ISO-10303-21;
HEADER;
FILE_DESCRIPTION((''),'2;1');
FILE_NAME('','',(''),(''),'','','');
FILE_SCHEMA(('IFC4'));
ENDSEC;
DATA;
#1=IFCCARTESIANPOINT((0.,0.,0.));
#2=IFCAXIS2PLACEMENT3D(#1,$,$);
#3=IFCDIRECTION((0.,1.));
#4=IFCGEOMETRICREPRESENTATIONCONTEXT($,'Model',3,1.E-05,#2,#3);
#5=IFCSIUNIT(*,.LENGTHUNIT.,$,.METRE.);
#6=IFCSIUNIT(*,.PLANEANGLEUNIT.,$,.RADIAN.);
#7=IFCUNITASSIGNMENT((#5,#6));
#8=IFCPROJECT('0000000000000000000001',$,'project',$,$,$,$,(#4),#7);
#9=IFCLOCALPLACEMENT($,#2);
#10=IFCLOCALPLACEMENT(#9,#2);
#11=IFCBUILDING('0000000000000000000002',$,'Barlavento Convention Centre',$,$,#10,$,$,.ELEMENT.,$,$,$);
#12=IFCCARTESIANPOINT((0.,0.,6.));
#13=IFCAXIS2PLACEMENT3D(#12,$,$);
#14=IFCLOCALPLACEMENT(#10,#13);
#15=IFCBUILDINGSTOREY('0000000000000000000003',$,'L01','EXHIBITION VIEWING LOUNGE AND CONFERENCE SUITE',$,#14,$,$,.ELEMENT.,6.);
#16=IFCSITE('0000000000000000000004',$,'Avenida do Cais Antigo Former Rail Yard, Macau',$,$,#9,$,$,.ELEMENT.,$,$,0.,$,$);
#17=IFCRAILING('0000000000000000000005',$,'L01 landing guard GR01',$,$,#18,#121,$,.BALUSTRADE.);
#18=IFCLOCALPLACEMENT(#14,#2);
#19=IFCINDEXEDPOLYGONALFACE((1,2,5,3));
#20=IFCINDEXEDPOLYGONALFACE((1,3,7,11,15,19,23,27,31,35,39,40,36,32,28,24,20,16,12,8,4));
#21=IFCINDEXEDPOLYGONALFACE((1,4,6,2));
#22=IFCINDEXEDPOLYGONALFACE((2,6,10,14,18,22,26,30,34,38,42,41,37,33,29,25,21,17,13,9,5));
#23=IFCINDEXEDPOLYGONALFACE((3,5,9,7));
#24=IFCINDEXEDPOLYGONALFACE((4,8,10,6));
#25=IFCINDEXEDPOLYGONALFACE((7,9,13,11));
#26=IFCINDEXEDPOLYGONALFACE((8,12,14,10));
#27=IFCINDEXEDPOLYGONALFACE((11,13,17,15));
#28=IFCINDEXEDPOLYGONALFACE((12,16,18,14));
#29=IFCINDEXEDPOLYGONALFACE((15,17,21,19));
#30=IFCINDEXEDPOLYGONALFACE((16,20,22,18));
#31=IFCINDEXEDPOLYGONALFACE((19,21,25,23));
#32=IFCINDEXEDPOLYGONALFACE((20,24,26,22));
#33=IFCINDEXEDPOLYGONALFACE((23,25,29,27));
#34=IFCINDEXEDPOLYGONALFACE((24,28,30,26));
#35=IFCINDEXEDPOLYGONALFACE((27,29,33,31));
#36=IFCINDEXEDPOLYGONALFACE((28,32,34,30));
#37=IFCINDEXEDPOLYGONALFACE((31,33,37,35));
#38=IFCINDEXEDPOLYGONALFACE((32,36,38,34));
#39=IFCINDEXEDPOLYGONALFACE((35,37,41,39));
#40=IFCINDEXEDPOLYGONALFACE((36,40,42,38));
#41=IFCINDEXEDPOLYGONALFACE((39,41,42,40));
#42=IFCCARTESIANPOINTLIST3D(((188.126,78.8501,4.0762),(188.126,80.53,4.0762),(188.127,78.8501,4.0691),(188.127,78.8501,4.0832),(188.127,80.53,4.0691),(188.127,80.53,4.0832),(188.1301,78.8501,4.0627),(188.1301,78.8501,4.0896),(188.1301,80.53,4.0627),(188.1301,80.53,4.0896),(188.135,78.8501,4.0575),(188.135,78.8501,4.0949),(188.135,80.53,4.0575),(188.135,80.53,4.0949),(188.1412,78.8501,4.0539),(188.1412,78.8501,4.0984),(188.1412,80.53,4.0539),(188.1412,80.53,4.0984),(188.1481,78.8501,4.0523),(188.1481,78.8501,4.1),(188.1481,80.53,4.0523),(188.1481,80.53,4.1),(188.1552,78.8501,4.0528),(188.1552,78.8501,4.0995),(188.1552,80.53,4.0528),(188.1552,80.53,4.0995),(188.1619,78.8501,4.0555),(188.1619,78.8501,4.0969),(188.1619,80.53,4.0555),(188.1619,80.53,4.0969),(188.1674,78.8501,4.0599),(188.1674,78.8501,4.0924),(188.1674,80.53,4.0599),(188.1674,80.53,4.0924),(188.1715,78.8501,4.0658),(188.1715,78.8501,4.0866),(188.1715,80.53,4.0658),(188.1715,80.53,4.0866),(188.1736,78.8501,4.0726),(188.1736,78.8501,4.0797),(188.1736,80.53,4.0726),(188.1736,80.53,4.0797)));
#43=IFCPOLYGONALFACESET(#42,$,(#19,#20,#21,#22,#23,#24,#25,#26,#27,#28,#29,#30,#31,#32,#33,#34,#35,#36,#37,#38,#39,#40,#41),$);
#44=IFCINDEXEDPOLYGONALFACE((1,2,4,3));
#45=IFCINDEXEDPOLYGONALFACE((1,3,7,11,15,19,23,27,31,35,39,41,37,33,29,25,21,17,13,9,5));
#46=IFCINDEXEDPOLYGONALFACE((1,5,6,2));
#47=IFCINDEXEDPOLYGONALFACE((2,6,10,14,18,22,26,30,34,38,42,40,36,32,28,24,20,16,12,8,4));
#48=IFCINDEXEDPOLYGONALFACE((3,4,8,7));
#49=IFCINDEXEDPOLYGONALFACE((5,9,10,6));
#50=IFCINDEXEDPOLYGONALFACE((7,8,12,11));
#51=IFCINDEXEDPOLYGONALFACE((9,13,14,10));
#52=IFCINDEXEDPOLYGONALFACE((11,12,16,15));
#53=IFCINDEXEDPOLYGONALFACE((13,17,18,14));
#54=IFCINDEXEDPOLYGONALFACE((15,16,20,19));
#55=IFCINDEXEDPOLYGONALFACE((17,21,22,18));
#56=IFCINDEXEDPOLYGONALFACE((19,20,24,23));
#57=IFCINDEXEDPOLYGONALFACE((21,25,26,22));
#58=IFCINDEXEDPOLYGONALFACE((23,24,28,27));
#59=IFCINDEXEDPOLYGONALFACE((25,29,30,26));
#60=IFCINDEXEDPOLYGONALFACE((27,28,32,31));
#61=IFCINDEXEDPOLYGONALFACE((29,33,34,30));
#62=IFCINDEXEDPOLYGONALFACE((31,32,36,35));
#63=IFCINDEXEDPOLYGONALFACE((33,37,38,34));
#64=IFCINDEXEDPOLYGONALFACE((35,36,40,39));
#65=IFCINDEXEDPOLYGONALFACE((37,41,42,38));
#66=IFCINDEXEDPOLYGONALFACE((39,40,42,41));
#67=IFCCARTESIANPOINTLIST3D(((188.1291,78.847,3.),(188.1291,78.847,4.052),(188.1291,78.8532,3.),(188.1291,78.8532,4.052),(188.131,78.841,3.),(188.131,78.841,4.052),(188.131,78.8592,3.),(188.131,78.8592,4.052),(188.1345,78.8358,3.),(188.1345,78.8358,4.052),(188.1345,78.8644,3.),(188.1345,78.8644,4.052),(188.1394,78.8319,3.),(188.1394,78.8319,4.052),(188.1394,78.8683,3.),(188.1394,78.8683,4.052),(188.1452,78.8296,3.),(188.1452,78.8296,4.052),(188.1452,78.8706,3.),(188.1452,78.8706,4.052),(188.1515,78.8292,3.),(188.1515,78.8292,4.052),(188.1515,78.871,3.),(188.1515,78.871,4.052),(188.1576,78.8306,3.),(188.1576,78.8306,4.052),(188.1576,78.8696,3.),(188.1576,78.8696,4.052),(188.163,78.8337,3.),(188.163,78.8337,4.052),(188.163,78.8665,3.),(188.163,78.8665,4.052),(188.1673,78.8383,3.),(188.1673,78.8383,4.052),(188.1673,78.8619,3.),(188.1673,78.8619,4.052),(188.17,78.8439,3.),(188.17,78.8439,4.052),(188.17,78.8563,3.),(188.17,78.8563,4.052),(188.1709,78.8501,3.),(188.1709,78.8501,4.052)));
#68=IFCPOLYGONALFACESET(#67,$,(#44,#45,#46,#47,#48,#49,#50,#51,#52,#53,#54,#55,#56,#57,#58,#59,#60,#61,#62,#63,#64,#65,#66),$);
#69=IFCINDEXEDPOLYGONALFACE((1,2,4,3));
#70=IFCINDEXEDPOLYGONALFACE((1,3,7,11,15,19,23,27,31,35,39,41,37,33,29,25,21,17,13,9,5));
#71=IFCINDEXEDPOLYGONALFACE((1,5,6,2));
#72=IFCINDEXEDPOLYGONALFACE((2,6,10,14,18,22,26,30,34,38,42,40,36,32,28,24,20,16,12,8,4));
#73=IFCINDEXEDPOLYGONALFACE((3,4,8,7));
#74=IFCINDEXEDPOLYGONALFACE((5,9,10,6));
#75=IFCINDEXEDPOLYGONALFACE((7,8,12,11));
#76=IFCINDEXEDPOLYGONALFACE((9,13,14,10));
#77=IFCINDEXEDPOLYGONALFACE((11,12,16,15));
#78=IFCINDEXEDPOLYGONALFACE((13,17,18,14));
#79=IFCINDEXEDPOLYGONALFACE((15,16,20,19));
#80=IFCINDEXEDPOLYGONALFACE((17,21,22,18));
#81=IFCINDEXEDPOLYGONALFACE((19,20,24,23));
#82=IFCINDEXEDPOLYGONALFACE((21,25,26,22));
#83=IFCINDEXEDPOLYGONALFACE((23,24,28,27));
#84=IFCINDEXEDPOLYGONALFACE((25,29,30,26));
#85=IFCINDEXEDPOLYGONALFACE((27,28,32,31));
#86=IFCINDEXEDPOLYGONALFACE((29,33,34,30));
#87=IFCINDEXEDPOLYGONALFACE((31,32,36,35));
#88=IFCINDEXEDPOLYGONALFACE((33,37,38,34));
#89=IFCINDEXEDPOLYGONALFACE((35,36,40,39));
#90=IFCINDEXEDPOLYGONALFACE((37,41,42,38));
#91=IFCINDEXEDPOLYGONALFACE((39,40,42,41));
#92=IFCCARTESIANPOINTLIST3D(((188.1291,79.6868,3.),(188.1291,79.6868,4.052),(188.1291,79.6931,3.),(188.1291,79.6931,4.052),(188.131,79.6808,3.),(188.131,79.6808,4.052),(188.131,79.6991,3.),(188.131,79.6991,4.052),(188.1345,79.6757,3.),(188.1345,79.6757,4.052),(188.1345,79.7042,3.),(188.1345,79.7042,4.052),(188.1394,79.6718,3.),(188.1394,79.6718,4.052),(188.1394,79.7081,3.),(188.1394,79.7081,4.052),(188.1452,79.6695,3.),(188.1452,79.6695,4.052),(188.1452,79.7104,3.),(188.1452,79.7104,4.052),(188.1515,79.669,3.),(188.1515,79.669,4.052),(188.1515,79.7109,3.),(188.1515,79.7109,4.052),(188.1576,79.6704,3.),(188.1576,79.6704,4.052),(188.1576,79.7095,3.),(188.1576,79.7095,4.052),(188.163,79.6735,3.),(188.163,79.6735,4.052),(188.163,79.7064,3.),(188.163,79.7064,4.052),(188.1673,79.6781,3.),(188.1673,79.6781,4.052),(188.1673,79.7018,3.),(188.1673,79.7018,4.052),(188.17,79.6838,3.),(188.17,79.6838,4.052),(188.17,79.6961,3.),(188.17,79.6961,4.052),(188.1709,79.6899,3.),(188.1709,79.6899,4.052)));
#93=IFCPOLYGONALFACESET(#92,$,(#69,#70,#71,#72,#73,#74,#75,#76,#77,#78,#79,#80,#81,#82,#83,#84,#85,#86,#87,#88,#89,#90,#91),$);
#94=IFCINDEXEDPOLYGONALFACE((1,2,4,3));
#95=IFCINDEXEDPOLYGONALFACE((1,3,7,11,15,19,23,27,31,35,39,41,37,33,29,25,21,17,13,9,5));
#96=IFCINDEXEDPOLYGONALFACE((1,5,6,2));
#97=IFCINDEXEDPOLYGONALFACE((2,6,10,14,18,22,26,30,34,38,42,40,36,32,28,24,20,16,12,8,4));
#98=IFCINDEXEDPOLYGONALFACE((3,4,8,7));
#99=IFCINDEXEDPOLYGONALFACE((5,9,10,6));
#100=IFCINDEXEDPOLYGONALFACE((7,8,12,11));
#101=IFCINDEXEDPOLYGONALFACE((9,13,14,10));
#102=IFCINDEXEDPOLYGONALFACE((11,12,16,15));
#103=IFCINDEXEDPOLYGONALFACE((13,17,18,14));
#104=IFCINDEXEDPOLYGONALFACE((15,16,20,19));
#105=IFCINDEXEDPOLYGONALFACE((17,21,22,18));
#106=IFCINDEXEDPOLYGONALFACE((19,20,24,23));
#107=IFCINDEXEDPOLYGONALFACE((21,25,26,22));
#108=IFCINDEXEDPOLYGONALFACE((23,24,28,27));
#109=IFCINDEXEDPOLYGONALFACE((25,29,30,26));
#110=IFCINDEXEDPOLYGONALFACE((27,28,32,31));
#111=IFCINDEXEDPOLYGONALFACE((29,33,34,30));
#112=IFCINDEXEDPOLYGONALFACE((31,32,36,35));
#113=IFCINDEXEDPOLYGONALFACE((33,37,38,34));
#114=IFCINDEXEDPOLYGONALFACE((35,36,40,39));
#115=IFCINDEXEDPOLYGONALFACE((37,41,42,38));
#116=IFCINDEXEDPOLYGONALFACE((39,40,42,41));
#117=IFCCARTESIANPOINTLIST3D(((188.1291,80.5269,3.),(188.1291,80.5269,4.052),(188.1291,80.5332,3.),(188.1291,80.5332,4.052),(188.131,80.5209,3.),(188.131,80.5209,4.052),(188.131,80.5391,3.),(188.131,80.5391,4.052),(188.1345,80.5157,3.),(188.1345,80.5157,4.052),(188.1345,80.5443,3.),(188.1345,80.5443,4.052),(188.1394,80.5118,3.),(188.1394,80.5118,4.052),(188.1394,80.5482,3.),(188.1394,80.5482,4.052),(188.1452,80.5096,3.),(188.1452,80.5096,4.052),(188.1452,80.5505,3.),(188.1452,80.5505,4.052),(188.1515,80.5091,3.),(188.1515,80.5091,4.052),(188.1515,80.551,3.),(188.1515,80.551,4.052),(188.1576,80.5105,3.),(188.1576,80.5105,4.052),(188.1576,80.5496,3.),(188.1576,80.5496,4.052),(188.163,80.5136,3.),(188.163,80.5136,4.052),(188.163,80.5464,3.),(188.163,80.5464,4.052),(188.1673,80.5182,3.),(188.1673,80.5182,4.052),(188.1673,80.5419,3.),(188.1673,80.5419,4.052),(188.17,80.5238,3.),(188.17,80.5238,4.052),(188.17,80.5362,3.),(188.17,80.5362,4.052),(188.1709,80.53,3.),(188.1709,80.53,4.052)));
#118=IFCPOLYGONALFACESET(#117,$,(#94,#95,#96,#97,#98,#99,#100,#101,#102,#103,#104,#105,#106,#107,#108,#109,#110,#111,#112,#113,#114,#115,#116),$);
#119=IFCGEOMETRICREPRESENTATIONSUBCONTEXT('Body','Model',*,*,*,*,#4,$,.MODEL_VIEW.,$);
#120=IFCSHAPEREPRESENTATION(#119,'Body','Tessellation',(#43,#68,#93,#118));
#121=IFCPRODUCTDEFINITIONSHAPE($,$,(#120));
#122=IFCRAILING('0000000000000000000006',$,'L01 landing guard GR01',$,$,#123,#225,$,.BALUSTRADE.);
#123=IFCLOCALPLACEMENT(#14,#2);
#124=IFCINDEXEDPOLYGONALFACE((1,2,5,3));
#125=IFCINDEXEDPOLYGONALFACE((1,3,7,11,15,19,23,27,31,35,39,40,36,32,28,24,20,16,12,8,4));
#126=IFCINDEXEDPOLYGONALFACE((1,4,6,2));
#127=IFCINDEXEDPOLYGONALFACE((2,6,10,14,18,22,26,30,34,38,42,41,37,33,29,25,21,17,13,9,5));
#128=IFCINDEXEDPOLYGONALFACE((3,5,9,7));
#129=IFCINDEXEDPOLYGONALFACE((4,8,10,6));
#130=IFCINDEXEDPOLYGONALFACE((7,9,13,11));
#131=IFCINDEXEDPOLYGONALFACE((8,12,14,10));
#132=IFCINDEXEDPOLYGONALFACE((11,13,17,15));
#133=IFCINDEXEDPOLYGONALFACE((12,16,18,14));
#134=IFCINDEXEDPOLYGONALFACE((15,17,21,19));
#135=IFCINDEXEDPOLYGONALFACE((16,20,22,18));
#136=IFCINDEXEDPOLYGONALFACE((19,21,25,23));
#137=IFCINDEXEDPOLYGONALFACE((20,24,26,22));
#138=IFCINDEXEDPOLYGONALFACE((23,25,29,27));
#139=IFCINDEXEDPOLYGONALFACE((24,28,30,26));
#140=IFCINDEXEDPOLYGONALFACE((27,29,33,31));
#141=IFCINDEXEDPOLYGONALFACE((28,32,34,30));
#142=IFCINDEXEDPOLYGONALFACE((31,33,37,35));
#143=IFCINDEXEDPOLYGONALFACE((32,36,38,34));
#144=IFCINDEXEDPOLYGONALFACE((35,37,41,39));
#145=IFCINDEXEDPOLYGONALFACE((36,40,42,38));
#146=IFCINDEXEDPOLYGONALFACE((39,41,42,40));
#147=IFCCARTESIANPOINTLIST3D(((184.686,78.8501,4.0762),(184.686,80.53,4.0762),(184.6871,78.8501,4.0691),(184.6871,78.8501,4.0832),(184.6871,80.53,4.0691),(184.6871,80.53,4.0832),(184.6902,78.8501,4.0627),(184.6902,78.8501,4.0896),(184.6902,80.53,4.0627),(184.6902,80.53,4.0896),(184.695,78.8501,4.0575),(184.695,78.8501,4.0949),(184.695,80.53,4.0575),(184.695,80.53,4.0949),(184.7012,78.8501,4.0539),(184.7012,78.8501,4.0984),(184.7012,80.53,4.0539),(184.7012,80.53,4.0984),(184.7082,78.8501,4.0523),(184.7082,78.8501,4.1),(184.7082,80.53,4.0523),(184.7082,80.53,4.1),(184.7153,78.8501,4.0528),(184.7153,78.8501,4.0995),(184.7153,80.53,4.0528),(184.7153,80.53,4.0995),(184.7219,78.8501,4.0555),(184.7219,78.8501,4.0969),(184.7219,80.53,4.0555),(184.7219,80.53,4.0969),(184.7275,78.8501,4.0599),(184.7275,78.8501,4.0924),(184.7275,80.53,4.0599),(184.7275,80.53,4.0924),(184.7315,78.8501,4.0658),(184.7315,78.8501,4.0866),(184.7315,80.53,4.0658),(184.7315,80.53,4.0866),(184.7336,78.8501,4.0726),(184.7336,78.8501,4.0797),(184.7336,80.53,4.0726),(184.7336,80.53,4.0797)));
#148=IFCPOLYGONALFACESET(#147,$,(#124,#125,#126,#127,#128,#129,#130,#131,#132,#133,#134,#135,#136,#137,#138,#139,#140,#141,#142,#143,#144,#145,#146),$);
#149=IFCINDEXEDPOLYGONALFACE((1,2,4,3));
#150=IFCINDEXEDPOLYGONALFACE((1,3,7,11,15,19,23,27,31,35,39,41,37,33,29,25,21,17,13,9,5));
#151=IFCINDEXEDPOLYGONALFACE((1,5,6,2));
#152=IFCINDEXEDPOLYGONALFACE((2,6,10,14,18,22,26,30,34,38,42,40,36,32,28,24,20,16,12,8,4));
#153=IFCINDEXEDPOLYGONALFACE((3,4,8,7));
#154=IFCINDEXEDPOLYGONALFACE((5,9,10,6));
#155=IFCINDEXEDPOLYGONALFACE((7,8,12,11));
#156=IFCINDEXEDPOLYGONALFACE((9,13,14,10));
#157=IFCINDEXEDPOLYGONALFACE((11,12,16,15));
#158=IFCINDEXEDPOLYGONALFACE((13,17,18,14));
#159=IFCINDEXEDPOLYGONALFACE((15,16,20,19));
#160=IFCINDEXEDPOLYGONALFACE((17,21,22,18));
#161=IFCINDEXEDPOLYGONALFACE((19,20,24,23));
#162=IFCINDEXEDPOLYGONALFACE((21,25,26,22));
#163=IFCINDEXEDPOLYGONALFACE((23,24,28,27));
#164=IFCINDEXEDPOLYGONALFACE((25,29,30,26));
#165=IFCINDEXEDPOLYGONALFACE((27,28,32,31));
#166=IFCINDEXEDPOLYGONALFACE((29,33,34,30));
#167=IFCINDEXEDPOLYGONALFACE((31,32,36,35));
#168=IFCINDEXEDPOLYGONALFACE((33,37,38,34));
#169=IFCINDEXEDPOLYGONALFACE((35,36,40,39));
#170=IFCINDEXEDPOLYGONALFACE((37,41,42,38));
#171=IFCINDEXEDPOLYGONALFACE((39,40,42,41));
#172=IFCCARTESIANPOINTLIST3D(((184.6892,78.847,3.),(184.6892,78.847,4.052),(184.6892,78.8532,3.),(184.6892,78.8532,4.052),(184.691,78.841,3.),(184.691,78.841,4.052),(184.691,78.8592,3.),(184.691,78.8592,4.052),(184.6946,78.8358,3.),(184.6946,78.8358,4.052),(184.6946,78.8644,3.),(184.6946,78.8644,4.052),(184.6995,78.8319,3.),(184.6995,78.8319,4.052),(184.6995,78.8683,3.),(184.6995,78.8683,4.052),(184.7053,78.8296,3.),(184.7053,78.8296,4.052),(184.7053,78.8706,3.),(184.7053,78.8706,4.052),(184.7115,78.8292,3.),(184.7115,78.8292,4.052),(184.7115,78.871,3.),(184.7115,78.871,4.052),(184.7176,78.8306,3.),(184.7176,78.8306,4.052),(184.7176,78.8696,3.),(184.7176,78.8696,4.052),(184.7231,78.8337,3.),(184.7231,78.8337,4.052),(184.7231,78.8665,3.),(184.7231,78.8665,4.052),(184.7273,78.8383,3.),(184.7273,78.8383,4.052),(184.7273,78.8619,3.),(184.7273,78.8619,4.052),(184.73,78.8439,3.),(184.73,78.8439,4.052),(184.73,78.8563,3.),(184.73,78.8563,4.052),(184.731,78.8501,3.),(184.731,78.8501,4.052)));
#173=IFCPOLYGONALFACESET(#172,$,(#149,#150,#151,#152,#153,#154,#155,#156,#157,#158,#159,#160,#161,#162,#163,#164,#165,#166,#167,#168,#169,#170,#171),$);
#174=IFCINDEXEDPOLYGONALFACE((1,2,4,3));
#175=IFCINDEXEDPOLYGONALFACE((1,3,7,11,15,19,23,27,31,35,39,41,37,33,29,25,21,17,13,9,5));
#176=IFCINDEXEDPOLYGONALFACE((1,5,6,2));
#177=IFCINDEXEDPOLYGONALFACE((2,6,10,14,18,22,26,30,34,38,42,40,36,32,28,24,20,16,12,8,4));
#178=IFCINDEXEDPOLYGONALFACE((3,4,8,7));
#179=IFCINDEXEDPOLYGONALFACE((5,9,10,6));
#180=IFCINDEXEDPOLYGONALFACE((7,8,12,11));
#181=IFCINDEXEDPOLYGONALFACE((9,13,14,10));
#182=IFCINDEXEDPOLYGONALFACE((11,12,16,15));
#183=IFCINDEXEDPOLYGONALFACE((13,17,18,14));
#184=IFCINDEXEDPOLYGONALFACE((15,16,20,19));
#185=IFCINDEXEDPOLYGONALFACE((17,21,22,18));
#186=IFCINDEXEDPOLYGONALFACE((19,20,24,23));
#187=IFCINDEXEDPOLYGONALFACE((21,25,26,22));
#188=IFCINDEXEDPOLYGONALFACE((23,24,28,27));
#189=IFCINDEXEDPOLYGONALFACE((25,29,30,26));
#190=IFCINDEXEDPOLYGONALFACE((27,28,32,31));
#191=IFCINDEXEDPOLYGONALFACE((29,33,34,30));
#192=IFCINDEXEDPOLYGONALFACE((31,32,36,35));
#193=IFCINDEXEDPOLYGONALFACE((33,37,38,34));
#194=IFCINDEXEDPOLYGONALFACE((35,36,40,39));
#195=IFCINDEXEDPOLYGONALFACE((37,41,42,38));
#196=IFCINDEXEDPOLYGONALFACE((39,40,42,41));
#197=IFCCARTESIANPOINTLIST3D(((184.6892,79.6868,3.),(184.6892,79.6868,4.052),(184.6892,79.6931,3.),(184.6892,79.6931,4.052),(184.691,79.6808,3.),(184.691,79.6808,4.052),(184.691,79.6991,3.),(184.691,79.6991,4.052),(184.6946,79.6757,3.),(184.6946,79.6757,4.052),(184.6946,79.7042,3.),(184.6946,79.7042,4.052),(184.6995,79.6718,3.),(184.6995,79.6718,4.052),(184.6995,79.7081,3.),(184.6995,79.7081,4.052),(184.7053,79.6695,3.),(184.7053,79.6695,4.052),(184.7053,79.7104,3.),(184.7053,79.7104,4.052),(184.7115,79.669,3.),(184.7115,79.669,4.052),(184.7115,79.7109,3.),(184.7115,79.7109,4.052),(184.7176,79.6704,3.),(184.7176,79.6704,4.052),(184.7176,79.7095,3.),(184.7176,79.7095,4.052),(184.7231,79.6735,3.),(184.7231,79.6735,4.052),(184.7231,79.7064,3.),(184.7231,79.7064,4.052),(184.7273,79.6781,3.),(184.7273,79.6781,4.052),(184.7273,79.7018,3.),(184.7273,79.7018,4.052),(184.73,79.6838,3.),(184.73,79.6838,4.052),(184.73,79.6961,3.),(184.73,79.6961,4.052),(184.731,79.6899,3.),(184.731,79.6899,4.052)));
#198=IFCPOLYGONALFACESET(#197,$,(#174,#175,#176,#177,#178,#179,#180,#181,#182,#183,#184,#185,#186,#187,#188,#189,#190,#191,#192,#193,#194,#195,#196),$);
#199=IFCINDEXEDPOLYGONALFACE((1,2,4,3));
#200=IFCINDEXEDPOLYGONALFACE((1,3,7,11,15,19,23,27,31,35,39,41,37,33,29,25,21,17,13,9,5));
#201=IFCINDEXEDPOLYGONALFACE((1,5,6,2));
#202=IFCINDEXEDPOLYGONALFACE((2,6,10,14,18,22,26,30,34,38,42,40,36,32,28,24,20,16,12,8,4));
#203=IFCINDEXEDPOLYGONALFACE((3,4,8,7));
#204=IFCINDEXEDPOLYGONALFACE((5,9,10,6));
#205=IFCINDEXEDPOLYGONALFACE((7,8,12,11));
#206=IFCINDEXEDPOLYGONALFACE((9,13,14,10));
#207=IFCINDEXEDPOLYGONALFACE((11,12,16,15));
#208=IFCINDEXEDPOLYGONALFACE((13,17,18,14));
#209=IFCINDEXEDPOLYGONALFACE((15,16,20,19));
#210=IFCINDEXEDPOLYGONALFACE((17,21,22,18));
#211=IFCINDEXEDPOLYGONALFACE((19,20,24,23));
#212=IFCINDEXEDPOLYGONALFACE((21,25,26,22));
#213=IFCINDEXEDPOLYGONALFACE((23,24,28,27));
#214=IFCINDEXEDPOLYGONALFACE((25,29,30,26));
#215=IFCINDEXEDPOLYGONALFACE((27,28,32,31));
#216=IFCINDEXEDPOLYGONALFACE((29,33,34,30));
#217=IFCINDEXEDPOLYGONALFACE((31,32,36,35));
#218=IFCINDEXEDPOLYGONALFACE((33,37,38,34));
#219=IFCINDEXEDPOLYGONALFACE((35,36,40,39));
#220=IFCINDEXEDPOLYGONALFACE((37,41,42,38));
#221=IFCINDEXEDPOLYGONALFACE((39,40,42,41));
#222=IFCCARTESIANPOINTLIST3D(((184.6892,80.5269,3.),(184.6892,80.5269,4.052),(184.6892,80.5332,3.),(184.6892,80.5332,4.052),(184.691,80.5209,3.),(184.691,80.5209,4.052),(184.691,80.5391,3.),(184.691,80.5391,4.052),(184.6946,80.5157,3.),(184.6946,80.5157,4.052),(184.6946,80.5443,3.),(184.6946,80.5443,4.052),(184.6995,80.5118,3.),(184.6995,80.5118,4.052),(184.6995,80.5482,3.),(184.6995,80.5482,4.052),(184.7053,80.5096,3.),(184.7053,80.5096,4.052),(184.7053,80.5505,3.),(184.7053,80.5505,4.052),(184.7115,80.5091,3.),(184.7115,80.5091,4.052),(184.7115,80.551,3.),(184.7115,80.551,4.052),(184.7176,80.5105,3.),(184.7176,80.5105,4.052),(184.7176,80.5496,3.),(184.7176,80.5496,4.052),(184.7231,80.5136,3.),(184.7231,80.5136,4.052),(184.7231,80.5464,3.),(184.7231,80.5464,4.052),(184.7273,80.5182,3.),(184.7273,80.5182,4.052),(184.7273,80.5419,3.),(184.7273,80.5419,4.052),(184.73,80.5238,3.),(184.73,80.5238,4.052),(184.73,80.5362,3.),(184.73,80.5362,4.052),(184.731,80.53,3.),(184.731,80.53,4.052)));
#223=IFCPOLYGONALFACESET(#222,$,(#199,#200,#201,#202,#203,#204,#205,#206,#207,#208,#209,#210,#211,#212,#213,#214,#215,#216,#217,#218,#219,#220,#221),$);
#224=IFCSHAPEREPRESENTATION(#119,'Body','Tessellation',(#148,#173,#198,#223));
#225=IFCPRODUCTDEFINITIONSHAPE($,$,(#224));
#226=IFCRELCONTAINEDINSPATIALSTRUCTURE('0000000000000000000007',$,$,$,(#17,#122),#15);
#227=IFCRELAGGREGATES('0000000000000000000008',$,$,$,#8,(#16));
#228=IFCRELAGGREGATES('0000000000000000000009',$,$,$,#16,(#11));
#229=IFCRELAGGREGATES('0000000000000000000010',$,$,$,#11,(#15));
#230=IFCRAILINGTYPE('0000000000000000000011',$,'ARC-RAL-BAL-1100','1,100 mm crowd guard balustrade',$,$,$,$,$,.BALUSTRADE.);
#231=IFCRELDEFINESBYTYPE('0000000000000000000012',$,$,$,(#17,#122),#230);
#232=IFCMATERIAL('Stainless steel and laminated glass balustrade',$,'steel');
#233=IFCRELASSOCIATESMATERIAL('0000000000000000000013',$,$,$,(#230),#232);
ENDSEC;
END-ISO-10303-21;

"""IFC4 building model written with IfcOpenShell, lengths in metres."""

from ifc_helpers import new_model, si_unit, direction, frame, origin, origin_2d, place, context, subcontext, project, spatial, circle, extrude, material, type_object, element, save


model = new_model("IFC4")

# Units and contexts
model_context = context("Model", 3, precision=1e-05, world=origin(), true_north=direction((0.0, 1.0)))
body_context = subcontext(model_context, "Body", "Model", "MODEL_VIEW")
ifc_project = project(units=[si_unit("LENGTHUNIT", "METRE"), si_unit("PLANEANGLEUNIT", "RADIAN")], contexts=[model_context])

# Site, building, storey
site_placement = place(None, origin())
site = spatial("IfcSite", under=ifc_project, at=site_placement, Name="Avenida do Cais Antigo Former Rail Yard, Macau", CompositionType="ELEMENT", RefElevation=0.0)
building_placement = place(site_placement, origin())
building = spatial("IfcBuilding", under=site, at=building_placement, Name="Barlavento Convention Centre", CompositionType="ELEMENT")
storey_placement = place(building_placement, frame((0.0, 0.0, 6.0)))
storey = spatial("IfcBuildingStorey", under=building, at=storey_placement, Name="L01", Description="EXHIBITION VIEWING LOUNGE AND CONFERENCE SUITE", CompositionType="ELEMENT", Elevation=6.0)

# Railings
ifc_material_1 = material(Name="Stainless steel and laminated glass balustrade", Category="steel")
railing_type_1 = type_object("IfcRailingType", Name="ARC-RAL-BAL-1100", Description="1,100 mm crowd guard balustrade", PredefinedType="BALUSTRADE", material=ifc_material_1)
for number, where, name in (
    (1, (188.1499, 78.8501, 3.0), "L01 landing guard GR01"),
    (2, (184.71, 78.8501, 3.0), "L01 landing guard GR01"),
):
    element("IfcRailing", number, at=place(storey_placement, frame(where)), inside=storey, type_object=railing_type_1, Name=name, PredefinedType="BALUSTRADE", context=body_context, shape_type="SweptSolid", body=[
        extrude(circle(Radius=0.0239, at=origin_2d()), frame((0.0, 0.0, 1.0762), z_axis=(0.0, 1.0, 0.0), x_axis=(-1.0, 0.0, 0.0)), (0.0, 0.0, 1.0), 1.6799),
        extrude(circle(Radius=0.021, at=origin_2d()), origin(), (0.0, 0.0, 1.0), 1.052),
        extrude(circle(Radius=0.021, at=origin_2d()), frame((0.0, 0.8398, 0.0)), (0.0, 0.0, 1.0), 1.052),
        extrude(circle(Radius=0.021, at=origin_2d()), frame((0.0, 1.6799, 0.0)), (0.0, 0.0, 1.0), 1.052),
    ])

save(model, "model.ifc")
